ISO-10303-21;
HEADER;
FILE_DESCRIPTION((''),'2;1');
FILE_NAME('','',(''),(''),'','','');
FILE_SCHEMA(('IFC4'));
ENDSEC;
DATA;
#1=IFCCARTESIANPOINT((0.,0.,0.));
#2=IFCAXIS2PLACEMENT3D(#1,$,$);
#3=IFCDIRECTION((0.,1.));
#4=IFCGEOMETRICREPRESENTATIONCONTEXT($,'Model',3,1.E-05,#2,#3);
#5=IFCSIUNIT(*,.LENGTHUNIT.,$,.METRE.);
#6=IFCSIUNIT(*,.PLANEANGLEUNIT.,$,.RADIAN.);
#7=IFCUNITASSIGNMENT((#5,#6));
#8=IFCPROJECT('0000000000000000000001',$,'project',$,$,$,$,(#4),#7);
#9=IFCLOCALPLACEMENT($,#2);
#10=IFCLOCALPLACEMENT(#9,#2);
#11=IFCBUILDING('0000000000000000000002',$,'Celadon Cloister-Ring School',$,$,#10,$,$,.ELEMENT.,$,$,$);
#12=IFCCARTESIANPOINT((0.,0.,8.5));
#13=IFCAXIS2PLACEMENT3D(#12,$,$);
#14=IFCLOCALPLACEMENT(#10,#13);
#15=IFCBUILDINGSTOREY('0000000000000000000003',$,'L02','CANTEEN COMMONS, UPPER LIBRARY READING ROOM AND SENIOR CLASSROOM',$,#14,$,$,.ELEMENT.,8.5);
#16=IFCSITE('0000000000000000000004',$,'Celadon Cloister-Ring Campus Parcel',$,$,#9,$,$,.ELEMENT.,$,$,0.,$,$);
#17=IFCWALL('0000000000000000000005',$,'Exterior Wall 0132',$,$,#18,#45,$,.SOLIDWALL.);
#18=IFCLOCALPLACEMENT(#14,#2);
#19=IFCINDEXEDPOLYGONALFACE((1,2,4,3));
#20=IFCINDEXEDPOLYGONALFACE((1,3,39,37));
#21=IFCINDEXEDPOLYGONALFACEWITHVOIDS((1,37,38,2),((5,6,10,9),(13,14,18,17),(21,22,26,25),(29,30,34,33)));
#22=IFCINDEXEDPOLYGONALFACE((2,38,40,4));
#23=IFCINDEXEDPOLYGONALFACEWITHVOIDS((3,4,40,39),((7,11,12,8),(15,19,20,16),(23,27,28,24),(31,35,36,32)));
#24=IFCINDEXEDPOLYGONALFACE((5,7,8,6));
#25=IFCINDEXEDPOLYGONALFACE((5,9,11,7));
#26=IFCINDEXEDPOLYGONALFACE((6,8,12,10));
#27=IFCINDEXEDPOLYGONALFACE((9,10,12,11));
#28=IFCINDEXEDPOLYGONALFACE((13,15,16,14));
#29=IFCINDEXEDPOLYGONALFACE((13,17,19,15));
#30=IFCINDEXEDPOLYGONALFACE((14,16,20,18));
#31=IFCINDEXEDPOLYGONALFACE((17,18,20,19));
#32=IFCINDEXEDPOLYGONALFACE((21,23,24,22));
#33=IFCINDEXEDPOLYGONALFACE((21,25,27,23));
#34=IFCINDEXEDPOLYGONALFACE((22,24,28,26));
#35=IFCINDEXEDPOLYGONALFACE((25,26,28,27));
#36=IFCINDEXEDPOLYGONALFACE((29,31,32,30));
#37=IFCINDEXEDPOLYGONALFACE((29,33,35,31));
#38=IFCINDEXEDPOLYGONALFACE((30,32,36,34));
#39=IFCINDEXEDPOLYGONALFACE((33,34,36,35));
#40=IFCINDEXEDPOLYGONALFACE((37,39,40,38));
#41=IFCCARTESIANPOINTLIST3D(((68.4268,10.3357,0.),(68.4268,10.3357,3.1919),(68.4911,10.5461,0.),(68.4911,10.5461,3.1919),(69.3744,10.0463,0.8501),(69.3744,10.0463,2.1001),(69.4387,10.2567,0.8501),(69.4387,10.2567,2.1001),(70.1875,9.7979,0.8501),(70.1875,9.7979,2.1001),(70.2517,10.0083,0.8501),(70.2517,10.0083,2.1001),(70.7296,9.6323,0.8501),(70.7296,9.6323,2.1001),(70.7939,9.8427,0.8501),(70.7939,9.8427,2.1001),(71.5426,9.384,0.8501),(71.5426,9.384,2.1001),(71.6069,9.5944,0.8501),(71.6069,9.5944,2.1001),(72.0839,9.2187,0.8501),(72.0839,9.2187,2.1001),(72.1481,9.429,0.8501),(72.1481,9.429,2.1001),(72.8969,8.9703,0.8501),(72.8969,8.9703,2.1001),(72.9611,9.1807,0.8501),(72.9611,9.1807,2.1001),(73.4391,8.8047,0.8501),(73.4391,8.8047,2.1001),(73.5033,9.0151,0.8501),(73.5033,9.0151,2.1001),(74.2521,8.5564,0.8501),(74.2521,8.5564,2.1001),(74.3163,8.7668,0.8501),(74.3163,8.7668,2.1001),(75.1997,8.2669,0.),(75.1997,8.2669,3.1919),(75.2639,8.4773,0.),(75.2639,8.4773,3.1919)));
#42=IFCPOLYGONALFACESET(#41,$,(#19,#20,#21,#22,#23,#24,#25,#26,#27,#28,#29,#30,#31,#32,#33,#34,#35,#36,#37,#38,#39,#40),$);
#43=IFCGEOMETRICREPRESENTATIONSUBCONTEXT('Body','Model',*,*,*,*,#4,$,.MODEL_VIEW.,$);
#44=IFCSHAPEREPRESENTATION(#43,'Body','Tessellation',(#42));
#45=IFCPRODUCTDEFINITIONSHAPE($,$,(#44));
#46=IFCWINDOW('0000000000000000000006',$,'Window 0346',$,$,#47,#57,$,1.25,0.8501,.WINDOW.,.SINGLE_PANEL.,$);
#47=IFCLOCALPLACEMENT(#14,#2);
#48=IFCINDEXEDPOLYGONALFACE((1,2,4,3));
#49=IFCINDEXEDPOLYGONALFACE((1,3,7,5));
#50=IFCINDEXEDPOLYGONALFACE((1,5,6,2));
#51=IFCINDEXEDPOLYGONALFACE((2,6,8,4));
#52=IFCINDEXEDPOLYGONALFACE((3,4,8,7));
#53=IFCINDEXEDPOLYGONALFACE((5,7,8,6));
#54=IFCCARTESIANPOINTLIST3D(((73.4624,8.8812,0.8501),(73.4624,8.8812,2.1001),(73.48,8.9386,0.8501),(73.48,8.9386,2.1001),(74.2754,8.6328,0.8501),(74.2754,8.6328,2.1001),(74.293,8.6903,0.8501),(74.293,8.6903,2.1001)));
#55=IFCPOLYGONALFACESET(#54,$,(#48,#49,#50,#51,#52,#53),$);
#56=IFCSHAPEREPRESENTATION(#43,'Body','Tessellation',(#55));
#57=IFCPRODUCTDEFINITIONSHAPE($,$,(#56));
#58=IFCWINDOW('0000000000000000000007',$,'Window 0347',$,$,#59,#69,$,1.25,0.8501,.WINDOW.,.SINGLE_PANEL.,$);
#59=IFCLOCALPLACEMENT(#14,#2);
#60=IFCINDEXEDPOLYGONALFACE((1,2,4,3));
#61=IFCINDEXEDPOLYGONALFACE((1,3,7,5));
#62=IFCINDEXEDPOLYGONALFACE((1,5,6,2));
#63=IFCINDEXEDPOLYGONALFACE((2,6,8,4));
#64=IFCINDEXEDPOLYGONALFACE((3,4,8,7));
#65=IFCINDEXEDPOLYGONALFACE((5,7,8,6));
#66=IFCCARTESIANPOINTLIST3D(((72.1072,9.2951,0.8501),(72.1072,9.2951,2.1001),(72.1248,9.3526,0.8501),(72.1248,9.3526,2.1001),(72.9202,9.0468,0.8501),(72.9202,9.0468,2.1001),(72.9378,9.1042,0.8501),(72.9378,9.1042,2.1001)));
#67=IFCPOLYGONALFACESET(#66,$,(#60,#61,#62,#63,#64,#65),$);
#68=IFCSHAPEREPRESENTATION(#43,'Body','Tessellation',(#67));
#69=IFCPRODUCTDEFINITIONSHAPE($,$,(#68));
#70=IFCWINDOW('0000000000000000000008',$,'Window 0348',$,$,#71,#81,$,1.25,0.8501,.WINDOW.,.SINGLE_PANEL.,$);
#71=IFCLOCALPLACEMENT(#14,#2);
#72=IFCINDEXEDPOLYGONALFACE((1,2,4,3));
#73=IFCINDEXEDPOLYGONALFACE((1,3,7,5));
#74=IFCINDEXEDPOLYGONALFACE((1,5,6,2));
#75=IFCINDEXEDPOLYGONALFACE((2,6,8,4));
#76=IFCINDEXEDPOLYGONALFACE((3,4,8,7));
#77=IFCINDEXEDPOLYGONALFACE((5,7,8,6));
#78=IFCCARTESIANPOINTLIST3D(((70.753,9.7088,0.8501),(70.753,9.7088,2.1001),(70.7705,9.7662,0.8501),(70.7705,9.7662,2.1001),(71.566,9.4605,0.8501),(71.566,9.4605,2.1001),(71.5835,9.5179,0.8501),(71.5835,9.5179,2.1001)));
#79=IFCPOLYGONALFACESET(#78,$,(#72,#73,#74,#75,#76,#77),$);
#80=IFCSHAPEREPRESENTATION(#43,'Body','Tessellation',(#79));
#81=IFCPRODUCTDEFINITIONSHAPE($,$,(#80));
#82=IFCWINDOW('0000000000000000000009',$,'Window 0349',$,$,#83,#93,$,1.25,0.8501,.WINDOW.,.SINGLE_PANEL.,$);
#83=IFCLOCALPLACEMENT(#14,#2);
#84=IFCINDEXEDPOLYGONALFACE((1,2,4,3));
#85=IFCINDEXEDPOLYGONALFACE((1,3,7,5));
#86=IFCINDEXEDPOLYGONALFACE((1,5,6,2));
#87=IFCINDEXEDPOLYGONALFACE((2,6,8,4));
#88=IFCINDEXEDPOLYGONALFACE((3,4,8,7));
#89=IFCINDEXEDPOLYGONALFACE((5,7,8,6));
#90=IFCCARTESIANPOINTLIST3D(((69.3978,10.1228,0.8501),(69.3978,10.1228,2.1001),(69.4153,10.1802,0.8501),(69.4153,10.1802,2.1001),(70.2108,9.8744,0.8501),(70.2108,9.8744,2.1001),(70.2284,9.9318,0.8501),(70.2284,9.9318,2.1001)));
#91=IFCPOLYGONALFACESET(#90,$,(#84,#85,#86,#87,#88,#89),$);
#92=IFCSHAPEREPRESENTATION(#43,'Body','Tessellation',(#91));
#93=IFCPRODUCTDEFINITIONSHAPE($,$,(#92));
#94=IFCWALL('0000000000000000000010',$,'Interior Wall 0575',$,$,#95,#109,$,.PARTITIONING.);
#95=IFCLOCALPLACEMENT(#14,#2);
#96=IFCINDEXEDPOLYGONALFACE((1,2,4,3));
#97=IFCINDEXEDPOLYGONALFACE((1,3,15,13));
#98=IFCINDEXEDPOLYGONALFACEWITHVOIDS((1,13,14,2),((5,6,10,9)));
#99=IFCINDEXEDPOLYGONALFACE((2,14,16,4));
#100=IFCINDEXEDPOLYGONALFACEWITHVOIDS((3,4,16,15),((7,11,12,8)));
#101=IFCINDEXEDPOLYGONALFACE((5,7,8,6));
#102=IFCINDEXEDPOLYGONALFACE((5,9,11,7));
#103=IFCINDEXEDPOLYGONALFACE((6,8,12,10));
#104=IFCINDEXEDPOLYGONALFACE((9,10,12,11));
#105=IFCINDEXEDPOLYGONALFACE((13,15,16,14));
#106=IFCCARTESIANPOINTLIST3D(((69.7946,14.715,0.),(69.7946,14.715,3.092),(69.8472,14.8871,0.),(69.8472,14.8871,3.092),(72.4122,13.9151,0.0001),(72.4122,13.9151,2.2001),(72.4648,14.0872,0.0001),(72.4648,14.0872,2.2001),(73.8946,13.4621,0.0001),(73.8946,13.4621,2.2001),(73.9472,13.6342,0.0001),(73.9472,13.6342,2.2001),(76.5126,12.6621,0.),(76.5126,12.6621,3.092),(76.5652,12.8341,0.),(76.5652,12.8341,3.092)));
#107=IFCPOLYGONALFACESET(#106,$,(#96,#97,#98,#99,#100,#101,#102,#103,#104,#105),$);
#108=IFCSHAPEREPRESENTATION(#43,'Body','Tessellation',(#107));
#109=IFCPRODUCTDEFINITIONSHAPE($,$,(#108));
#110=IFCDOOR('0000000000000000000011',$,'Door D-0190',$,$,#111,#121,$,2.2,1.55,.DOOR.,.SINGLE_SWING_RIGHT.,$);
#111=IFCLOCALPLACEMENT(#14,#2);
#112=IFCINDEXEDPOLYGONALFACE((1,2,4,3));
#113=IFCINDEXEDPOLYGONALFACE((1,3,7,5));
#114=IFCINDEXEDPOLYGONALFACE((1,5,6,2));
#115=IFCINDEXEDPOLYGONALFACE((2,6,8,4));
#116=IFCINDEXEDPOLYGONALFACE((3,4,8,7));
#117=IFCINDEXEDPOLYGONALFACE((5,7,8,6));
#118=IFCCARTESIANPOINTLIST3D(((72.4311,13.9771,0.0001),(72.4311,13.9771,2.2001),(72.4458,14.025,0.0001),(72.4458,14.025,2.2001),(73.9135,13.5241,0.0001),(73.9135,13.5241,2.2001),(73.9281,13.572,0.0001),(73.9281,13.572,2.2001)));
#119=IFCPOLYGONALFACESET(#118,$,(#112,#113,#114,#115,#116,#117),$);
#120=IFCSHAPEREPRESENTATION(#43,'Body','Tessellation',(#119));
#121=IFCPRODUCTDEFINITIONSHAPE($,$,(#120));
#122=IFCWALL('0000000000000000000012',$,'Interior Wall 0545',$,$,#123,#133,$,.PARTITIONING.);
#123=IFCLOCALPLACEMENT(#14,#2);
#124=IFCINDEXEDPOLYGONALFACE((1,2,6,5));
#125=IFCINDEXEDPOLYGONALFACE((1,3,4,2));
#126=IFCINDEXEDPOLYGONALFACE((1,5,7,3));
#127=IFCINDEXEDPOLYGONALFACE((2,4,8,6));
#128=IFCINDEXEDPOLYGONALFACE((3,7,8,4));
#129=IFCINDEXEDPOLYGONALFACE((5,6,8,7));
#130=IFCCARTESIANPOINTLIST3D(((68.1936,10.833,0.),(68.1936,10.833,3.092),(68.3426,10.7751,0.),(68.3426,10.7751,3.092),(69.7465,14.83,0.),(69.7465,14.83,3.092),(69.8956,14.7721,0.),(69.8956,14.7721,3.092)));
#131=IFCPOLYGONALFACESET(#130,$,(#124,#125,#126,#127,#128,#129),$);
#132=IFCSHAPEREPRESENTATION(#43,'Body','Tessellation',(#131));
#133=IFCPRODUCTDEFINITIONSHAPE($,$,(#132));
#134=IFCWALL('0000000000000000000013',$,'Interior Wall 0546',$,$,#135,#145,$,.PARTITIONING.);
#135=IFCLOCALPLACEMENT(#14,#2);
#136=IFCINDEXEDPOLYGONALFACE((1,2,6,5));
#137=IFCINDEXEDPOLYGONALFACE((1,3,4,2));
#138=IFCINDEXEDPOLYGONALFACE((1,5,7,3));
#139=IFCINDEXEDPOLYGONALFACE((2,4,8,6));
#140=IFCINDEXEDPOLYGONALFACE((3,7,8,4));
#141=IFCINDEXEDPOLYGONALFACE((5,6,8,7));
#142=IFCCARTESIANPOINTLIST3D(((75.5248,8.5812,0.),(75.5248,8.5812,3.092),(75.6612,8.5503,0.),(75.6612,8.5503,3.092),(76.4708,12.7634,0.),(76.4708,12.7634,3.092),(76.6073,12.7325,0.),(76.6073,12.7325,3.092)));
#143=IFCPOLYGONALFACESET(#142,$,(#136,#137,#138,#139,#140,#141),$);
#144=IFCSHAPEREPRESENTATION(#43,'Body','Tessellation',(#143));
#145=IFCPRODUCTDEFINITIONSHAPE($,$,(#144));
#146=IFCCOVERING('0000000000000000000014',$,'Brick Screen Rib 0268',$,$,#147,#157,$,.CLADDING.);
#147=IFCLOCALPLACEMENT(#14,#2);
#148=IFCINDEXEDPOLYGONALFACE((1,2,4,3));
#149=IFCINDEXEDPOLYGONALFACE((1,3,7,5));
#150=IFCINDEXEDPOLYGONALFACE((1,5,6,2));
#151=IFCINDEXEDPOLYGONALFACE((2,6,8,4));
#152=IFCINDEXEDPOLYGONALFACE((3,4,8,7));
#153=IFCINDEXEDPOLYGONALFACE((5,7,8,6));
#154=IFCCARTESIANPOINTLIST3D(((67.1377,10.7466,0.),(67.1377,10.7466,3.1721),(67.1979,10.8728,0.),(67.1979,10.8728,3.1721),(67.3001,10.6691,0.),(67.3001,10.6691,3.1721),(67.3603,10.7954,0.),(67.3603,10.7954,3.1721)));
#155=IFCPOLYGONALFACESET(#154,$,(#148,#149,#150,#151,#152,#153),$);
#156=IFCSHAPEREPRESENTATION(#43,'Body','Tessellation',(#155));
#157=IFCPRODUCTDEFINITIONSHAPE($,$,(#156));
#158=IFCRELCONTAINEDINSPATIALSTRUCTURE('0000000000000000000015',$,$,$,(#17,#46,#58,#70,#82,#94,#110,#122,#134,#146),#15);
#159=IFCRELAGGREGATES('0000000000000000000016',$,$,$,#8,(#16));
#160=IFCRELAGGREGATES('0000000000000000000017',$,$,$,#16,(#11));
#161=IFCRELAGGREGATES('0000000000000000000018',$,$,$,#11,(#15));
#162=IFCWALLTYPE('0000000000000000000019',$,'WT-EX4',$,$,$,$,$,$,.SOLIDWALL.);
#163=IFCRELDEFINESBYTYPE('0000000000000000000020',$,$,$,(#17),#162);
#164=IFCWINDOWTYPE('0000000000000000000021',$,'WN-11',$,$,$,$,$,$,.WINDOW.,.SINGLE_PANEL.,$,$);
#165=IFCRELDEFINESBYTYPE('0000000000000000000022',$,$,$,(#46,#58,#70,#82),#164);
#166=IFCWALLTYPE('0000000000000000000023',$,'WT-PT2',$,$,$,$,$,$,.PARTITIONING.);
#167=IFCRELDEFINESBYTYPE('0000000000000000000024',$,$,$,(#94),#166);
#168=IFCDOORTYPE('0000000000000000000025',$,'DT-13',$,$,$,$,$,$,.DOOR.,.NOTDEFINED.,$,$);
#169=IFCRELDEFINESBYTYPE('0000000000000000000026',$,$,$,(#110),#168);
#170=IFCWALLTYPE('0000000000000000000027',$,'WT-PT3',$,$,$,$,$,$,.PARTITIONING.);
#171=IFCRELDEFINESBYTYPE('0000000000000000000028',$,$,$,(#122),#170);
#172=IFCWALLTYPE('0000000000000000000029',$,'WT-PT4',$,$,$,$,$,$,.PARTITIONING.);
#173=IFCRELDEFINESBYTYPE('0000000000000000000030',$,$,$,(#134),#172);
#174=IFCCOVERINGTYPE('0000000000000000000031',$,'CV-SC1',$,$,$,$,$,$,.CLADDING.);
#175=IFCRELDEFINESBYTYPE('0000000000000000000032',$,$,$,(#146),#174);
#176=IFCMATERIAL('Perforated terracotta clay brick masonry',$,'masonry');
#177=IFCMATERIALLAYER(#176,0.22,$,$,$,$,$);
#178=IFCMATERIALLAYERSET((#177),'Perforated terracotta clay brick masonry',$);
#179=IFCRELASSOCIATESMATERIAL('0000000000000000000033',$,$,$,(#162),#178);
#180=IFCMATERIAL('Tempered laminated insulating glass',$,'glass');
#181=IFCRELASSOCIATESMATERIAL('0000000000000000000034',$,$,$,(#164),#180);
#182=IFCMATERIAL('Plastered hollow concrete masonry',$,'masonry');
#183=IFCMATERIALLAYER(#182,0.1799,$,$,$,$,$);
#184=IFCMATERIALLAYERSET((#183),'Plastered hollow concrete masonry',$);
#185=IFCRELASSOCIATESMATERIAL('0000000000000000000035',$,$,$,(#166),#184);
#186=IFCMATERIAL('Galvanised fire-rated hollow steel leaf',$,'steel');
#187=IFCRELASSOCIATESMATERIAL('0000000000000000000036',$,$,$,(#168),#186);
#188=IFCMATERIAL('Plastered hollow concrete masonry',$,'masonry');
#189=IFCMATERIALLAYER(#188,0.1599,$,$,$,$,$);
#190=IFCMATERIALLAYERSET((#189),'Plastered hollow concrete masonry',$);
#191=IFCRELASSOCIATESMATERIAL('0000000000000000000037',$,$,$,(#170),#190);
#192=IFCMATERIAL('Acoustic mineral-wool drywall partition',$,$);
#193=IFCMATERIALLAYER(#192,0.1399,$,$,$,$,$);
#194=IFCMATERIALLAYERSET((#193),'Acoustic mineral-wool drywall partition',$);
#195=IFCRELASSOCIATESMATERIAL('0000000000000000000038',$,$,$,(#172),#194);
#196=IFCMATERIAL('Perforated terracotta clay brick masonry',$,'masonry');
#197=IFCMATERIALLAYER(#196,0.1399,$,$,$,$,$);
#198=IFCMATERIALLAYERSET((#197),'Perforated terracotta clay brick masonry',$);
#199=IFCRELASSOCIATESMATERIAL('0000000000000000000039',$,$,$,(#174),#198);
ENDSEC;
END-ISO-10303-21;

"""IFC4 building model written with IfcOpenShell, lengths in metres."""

from ifc_helpers import new_model, si_unit, direction, frame, frame_2d, origin, origin_2d, place, context, subcontext, project, spatial, rectangle, extrude, material, layer, layer_set, type_object, element, fill, save


model = new_model("IFC4")

# Units and contexts
model_context = context("Model", 3, precision=1e-05, world=origin(), true_north=direction((0.0, 1.0)))
body_context = subcontext(model_context, "Body", "Model", "MODEL_VIEW")
ifc_project = project(units=[si_unit("LENGTHUNIT", "METRE"), si_unit("PLANEANGLEUNIT", "RADIAN")], contexts=[model_context])

# Site, building, storey
site_placement = place(None, origin())
site = spatial("IfcSite", under=ifc_project, at=site_placement, Name="Celadon Cloister-Ring Campus Parcel", CompositionType="ELEMENT", RefElevation=0.0)
building_placement = place(site_placement, origin())
building = spatial("IfcBuilding", under=site, at=building_placement, Name="Celadon Cloister-Ring School", CompositionType="ELEMENT")
storey_placement = place(building_placement, frame((0.0, 0.0, 8.5)))
storey = spatial("IfcBuildingStorey", under=building, at=storey_placement, Name="L02", Description="CANTEEN COMMONS, UPPER LIBRARY READING ROOM AND SENIOR CLASSROOM", CompositionType="ELEMENT", Elevation=8.5)

# Wall, openings, windows
ifc_material_1 = material(Name="Perforated terracotta clay brick masonry", Category="masonry")
ifc_layer_1 = layer(ifc_material_1, 0.22)
ifc_layer_set_1 = layer_set([ifc_layer_1], Name="Perforated terracotta clay brick masonry")
wall_type_1 = type_object("IfcWallType", Name="WT-EX4", PredefinedType="SOLIDWALL", material=ifc_layer_set_1)
ifc_material_2 = material(Name="Tempered laminated insulating glass", Category="glass")
window_type = type_object("IfcWindowType", Name="WN-11", PartitioningType="SINGLE_PANEL", PredefinedType="WINDOW", material=ifc_material_2)
wall_1_placement = place(storey_placement, frame((75.2319, 8.3721, 0.0), z_axis=(0.0, 0.0, 1.0), x_axis=(-0.956378, 0.292133, 0.0)))
wall_1 = element("IfcWall", 1, at=wall_1_placement, inside=storey, type_object=wall_type_1, Name="Exterior Wall 0132", PredefinedType="SOLIDWALL", context=body_context, shape_type="SweptSolid", body=[
    extrude(rectangle(XDim=7.0818, YDim=0.22, at=frame_2d((3.541, 0.0))), origin(), (0.0, 0.0, 1.0), 3.1919),
])
opening_1_placement = place(wall_1_placement, frame((0.991, 0.0, 0.8501)))
opening_1 = element("IfcOpeningElement", 2, at=opening_1_placement, cuts=wall_1, PredefinedType="OPENING", context=body_context, shape_type="SweptSolid", body=[
    extrude(rectangle(XDim=0.8501, YDim=1.25, at=frame_2d((0.425, 0.625))), frame((0.0, 0.1201, 0.0), z_axis=(0.0, -1.0, 0.0), x_axis=(1.0, 0.0, 0.0)), (0.0, 0.0, 1.0), 0.24),
])
opening_2_placement = place(wall_1_placement, frame((2.408, 0.0, 0.8501)))
opening_2 = element("IfcOpeningElement", 3, at=opening_2_placement, cuts=wall_1, PredefinedType="OPENING", context=body_context, shape_type="SweptSolid", body=[
    extrude(rectangle(XDim=0.8501, YDim=1.25, at=frame_2d((0.425, 0.625))), frame((0.0, 0.1201, 0.0), z_axis=(0.0, -1.0, 0.0), x_axis=(1.0, 0.0, 0.0)), (0.0, 0.0, 1.0), 0.24),
])
opening_3_placement = place(wall_1_placement, frame((3.824, 0.0, 0.8501)))
opening_3 = element("IfcOpeningElement", 4, at=opening_3_placement, cuts=wall_1, PredefinedType="OPENING", context=body_context, shape_type="SweptSolid", body=[
    extrude(rectangle(XDim=0.8501, YDim=1.25, at=frame_2d((0.425, 0.625))), frame((0.0, 0.1201, 0.0), z_axis=(0.0, -1.0, 0.0), x_axis=(1.0, 0.0, 0.0)), (0.0, 0.0, 1.0), 0.24),
])
opening_4_placement = place(wall_1_placement, frame((5.241, 0.0, 0.8501)))
opening_4 = element("IfcOpeningElement", 5, at=opening_4_placement, cuts=wall_1, PredefinedType="OPENING", context=body_context, shape_type="SweptSolid", body=[
    extrude(rectangle(XDim=0.8501, YDim=1.25, at=frame_2d((0.425, 0.625))), frame((0.0, 0.1201, 0.0), z_axis=(0.0, -1.0, 0.0), x_axis=(1.0, 0.0, 0.0)), (0.0, 0.0, 1.0), 0.24),
])
window_1_placement = place(opening_1_placement, origin())
window_1 = element("IfcWindow", 6, at=window_1_placement, inside=storey, type_object=window_type, Name="Window 0346", OverallHeight=1.25, OverallWidth=0.8501, PartitioningType="SINGLE_PANEL", PredefinedType="WINDOW", context=body_context, shape_type="SweptSolid", body=[
    extrude(rectangle(XDim=0.8501, YDim=1.25, at=frame_2d((0.425, 0.625))), frame((0.0, 0.03, 0.0), z_axis=(0.0, -1.0, 0.0), x_axis=(1.0, 0.0, 0.0)), (0.0, 0.0, 1.0), 0.0601),
])
fill(opening_1, window_1)
window_2_placement = place(opening_2_placement, origin())
window_2 = element("IfcWindow", 7, at=window_2_placement, inside=storey, type_object=window_type, Name="Window 0347", OverallHeight=1.25, OverallWidth=0.8501, PartitioningType="SINGLE_PANEL", PredefinedType="WINDOW", context=body_context, shape_type="SweptSolid", body=[
    extrude(rectangle(XDim=0.8501, YDim=1.25, at=frame_2d((0.425, 0.625))), frame((0.0, 0.03, 0.0), z_axis=(0.0, -1.0, 0.0), x_axis=(1.0, 0.0, 0.0)), (0.0, 0.0, 1.0), 0.0601),
])
fill(opening_2, window_2)
window_3_placement = place(opening_3_placement, origin())
window_3 = element("IfcWindow", 8, at=window_3_placement, inside=storey, type_object=window_type, Name="Window 0348", OverallHeight=1.25, OverallWidth=0.8501, PartitioningType="SINGLE_PANEL", PredefinedType="WINDOW", context=body_context, shape_type="SweptSolid", body=[
    extrude(rectangle(XDim=0.8501, YDim=1.25, at=frame_2d((0.425, 0.625))), frame((0.0, 0.03, 0.0), z_axis=(0.0, -1.0, 0.0), x_axis=(1.0, 0.0, 0.0)), (0.0, 0.0, 1.0), 0.0601),
])
fill(opening_3, window_3)
window_4_placement = place(opening_4_placement, origin())
window_4 = element("IfcWindow", 9, at=window_4_placement, inside=storey, type_object=window_type, Name="Window 0349", OverallHeight=1.25, OverallWidth=0.8501, PartitioningType="SINGLE_PANEL", PredefinedType="WINDOW", context=body_context, shape_type="SweptSolid", body=[
    extrude(rectangle(XDim=0.8501, YDim=1.25, at=frame_2d((0.425, 0.625))), frame((0.0, 0.03, 0.0), z_axis=(0.0, -1.0, 0.0), x_axis=(1.0, 0.0, 0.0)), (0.0, 0.0, 1.0), 0.0601),
])
fill(opening_4, window_4)

# Wall, opening, door
ifc_material_3 = material(Name="Plastered hollow concrete masonry", Category="masonry")
ifc_layer_2 = layer(ifc_material_3, 0.1799)
ifc_layer_set_2 = layer_set([ifc_layer_2], Name="Plastered hollow concrete masonry")
wall_type_2 = type_object("IfcWallType", Name="WT-PT2", PredefinedType="PARTITIONING", material=ifc_layer_set_2)
wall_2_placement = place(storey_placement, frame((69.821, 14.801, 0.0), z_axis=(0.0, 0.0, 1.0), x_axis=(0.956342, -0.292251, 0.0)))
wall_2 = element("IfcWall", 10, at=wall_2_placement, inside=storey, type_object=wall_type_2, Name="Interior Wall 0575", PredefinedType="PARTITIONING", context=body_context, shape_type="SweptSolid", body=[
    extrude(rectangle(XDim=7.0247, YDim=0.1799, at=frame_2d((3.5122, 0.0))), origin(), (0.0, 0.0, 1.0), 3.092),
])
opening_5_placement = place(wall_2_placement, frame((2.7371, 0.0, 0.0)))
opening_5 = element("IfcOpeningElement", 11, at=opening_5_placement, cuts=wall_2, PredefinedType="OPENING", context=body_context, shape_type="SweptSolid", body=[
    extrude(rectangle(XDim=1.55, YDim=2.2, at=frame_2d((0.7749, 1.1001))), frame((0.0, 0.1001, 0.0), z_axis=(0.0, -1.0, 0.0), x_axis=(1.0, 0.0, 0.0)), (0.0, 0.0, 1.0), 0.2),
])
ifc_material_4 = material(Name="Galvanised fire-rated hollow steel leaf", Category="steel")
door_type = type_object("IfcDoorType", Name="DT-13", OperationType="NOTDEFINED", PredefinedType="DOOR", material=ifc_material_4)
door_placement = place(opening_5_placement, origin())
door = element("IfcDoor", 12, at=door_placement, inside=storey, type_object=door_type, Name="Door D-0190", OperationType="SINGLE_SWING_RIGHT", OverallHeight=2.2, OverallWidth=1.55, PredefinedType="DOOR", context=body_context, shape_type="SweptSolid", body=[
    extrude(rectangle(XDim=1.55, YDim=2.2, at=frame_2d((0.7749, 1.1001))), frame((0.0, 0.0249, 0.0), z_axis=(0.0, -1.0, 0.0), x_axis=(1.0, 0.0, 0.0)), (0.0, 0.0, 1.0), 0.05),
])
fill(opening_5, door)

# Walls
ifc_material_5 = material(Name="Plastered hollow concrete masonry", Category="masonry")
ifc_layer_3 = layer(ifc_material_5, 0.1599)
ifc_layer_set_3 = layer_set([ifc_layer_3], Name="Plastered hollow concrete masonry")
wall_type_3 = type_object("IfcWallType", Name="WT-PT3", PredefinedType="PARTITIONING", material=ifc_layer_set_3)
wall_3_placement = place(storey_placement, frame((69.821, 14.801, 0.0), z_axis=(0.0, 0.0, 1.0), x_axis=(-0.362155, -0.932118, 0.0)))
element("IfcWall", 13, at=wall_3_placement, inside=storey, type_object=wall_type_3, Name="Interior Wall 0545", PredefinedType="PARTITIONING", context=body_context, shape_type="SweptSolid", body=[
    extrude(rectangle(XDim=4.2881, YDim=0.1599, at=frame_2d((2.144, 0.0))), origin(), (0.0, 0.0, 1.0), 3.092),
])
ifc_material_6 = material(Name="Acoustic mineral-wool drywall partition")
ifc_layer_4 = layer(ifc_material_6, 0.1399)
ifc_layer_set_4 = layer_set([ifc_layer_4], Name="Acoustic mineral-wool drywall partition")
wall_type_4 = type_object("IfcWallType", Name="WT-PT4", PredefinedType="PARTITIONING", material=ifc_layer_set_4)
wall_4_placement = place(storey_placement, frame((76.5391, 12.748, 0.0), z_axis=(0.0, 0.0, 1.0), x_axis=(-0.220637, -0.975356, 0.0)))
element("IfcWall", 14, at=wall_4_placement, inside=storey, type_object=wall_type_4, Name="Interior Wall 0546", PredefinedType="PARTITIONING", context=body_context, shape_type="SweptSolid", body=[
    extrude(rectangle(XDim=4.2878, YDim=0.1399, at=frame_2d((2.144, 0.0))), origin(), (0.0, 0.0, 1.0), 3.092),
])

# Covering
ifc_material_7 = material(Name="Perforated terracotta clay brick masonry", Category="masonry")
ifc_layer_5 = layer(ifc_material_7, 0.1399)
ifc_layer_set_5 = layer_set([ifc_layer_5], Name="Perforated terracotta clay brick masonry")
covering_type = type_object("IfcCoveringType", Name="CV-SC1", PredefinedType="CLADDING", material=ifc_layer_set_5)
for number, where, z_axis, x_axis, name in (
    (15, (67.249, 10.771, 0.0), (0.0, 0.0, 1.0), (-0.902683, 0.430306, 0.0), "Brick Screen Rib 0268"),
):
    element("IfcCovering", number, at=place(storey_placement, frame(where, z_axis=z_axis, x_axis=x_axis)), inside=storey, type_object=covering_type, Name=name, PredefinedType="CLADDING", context=body_context, shape_type="SweptSolid", body=[
        extrude(rectangle(XDim=0.1799, YDim=0.1399, at=origin_2d()), origin(), (0.0, 0.0, 1.0), 3.1721),
    ])

save(model, "model.ifc")
